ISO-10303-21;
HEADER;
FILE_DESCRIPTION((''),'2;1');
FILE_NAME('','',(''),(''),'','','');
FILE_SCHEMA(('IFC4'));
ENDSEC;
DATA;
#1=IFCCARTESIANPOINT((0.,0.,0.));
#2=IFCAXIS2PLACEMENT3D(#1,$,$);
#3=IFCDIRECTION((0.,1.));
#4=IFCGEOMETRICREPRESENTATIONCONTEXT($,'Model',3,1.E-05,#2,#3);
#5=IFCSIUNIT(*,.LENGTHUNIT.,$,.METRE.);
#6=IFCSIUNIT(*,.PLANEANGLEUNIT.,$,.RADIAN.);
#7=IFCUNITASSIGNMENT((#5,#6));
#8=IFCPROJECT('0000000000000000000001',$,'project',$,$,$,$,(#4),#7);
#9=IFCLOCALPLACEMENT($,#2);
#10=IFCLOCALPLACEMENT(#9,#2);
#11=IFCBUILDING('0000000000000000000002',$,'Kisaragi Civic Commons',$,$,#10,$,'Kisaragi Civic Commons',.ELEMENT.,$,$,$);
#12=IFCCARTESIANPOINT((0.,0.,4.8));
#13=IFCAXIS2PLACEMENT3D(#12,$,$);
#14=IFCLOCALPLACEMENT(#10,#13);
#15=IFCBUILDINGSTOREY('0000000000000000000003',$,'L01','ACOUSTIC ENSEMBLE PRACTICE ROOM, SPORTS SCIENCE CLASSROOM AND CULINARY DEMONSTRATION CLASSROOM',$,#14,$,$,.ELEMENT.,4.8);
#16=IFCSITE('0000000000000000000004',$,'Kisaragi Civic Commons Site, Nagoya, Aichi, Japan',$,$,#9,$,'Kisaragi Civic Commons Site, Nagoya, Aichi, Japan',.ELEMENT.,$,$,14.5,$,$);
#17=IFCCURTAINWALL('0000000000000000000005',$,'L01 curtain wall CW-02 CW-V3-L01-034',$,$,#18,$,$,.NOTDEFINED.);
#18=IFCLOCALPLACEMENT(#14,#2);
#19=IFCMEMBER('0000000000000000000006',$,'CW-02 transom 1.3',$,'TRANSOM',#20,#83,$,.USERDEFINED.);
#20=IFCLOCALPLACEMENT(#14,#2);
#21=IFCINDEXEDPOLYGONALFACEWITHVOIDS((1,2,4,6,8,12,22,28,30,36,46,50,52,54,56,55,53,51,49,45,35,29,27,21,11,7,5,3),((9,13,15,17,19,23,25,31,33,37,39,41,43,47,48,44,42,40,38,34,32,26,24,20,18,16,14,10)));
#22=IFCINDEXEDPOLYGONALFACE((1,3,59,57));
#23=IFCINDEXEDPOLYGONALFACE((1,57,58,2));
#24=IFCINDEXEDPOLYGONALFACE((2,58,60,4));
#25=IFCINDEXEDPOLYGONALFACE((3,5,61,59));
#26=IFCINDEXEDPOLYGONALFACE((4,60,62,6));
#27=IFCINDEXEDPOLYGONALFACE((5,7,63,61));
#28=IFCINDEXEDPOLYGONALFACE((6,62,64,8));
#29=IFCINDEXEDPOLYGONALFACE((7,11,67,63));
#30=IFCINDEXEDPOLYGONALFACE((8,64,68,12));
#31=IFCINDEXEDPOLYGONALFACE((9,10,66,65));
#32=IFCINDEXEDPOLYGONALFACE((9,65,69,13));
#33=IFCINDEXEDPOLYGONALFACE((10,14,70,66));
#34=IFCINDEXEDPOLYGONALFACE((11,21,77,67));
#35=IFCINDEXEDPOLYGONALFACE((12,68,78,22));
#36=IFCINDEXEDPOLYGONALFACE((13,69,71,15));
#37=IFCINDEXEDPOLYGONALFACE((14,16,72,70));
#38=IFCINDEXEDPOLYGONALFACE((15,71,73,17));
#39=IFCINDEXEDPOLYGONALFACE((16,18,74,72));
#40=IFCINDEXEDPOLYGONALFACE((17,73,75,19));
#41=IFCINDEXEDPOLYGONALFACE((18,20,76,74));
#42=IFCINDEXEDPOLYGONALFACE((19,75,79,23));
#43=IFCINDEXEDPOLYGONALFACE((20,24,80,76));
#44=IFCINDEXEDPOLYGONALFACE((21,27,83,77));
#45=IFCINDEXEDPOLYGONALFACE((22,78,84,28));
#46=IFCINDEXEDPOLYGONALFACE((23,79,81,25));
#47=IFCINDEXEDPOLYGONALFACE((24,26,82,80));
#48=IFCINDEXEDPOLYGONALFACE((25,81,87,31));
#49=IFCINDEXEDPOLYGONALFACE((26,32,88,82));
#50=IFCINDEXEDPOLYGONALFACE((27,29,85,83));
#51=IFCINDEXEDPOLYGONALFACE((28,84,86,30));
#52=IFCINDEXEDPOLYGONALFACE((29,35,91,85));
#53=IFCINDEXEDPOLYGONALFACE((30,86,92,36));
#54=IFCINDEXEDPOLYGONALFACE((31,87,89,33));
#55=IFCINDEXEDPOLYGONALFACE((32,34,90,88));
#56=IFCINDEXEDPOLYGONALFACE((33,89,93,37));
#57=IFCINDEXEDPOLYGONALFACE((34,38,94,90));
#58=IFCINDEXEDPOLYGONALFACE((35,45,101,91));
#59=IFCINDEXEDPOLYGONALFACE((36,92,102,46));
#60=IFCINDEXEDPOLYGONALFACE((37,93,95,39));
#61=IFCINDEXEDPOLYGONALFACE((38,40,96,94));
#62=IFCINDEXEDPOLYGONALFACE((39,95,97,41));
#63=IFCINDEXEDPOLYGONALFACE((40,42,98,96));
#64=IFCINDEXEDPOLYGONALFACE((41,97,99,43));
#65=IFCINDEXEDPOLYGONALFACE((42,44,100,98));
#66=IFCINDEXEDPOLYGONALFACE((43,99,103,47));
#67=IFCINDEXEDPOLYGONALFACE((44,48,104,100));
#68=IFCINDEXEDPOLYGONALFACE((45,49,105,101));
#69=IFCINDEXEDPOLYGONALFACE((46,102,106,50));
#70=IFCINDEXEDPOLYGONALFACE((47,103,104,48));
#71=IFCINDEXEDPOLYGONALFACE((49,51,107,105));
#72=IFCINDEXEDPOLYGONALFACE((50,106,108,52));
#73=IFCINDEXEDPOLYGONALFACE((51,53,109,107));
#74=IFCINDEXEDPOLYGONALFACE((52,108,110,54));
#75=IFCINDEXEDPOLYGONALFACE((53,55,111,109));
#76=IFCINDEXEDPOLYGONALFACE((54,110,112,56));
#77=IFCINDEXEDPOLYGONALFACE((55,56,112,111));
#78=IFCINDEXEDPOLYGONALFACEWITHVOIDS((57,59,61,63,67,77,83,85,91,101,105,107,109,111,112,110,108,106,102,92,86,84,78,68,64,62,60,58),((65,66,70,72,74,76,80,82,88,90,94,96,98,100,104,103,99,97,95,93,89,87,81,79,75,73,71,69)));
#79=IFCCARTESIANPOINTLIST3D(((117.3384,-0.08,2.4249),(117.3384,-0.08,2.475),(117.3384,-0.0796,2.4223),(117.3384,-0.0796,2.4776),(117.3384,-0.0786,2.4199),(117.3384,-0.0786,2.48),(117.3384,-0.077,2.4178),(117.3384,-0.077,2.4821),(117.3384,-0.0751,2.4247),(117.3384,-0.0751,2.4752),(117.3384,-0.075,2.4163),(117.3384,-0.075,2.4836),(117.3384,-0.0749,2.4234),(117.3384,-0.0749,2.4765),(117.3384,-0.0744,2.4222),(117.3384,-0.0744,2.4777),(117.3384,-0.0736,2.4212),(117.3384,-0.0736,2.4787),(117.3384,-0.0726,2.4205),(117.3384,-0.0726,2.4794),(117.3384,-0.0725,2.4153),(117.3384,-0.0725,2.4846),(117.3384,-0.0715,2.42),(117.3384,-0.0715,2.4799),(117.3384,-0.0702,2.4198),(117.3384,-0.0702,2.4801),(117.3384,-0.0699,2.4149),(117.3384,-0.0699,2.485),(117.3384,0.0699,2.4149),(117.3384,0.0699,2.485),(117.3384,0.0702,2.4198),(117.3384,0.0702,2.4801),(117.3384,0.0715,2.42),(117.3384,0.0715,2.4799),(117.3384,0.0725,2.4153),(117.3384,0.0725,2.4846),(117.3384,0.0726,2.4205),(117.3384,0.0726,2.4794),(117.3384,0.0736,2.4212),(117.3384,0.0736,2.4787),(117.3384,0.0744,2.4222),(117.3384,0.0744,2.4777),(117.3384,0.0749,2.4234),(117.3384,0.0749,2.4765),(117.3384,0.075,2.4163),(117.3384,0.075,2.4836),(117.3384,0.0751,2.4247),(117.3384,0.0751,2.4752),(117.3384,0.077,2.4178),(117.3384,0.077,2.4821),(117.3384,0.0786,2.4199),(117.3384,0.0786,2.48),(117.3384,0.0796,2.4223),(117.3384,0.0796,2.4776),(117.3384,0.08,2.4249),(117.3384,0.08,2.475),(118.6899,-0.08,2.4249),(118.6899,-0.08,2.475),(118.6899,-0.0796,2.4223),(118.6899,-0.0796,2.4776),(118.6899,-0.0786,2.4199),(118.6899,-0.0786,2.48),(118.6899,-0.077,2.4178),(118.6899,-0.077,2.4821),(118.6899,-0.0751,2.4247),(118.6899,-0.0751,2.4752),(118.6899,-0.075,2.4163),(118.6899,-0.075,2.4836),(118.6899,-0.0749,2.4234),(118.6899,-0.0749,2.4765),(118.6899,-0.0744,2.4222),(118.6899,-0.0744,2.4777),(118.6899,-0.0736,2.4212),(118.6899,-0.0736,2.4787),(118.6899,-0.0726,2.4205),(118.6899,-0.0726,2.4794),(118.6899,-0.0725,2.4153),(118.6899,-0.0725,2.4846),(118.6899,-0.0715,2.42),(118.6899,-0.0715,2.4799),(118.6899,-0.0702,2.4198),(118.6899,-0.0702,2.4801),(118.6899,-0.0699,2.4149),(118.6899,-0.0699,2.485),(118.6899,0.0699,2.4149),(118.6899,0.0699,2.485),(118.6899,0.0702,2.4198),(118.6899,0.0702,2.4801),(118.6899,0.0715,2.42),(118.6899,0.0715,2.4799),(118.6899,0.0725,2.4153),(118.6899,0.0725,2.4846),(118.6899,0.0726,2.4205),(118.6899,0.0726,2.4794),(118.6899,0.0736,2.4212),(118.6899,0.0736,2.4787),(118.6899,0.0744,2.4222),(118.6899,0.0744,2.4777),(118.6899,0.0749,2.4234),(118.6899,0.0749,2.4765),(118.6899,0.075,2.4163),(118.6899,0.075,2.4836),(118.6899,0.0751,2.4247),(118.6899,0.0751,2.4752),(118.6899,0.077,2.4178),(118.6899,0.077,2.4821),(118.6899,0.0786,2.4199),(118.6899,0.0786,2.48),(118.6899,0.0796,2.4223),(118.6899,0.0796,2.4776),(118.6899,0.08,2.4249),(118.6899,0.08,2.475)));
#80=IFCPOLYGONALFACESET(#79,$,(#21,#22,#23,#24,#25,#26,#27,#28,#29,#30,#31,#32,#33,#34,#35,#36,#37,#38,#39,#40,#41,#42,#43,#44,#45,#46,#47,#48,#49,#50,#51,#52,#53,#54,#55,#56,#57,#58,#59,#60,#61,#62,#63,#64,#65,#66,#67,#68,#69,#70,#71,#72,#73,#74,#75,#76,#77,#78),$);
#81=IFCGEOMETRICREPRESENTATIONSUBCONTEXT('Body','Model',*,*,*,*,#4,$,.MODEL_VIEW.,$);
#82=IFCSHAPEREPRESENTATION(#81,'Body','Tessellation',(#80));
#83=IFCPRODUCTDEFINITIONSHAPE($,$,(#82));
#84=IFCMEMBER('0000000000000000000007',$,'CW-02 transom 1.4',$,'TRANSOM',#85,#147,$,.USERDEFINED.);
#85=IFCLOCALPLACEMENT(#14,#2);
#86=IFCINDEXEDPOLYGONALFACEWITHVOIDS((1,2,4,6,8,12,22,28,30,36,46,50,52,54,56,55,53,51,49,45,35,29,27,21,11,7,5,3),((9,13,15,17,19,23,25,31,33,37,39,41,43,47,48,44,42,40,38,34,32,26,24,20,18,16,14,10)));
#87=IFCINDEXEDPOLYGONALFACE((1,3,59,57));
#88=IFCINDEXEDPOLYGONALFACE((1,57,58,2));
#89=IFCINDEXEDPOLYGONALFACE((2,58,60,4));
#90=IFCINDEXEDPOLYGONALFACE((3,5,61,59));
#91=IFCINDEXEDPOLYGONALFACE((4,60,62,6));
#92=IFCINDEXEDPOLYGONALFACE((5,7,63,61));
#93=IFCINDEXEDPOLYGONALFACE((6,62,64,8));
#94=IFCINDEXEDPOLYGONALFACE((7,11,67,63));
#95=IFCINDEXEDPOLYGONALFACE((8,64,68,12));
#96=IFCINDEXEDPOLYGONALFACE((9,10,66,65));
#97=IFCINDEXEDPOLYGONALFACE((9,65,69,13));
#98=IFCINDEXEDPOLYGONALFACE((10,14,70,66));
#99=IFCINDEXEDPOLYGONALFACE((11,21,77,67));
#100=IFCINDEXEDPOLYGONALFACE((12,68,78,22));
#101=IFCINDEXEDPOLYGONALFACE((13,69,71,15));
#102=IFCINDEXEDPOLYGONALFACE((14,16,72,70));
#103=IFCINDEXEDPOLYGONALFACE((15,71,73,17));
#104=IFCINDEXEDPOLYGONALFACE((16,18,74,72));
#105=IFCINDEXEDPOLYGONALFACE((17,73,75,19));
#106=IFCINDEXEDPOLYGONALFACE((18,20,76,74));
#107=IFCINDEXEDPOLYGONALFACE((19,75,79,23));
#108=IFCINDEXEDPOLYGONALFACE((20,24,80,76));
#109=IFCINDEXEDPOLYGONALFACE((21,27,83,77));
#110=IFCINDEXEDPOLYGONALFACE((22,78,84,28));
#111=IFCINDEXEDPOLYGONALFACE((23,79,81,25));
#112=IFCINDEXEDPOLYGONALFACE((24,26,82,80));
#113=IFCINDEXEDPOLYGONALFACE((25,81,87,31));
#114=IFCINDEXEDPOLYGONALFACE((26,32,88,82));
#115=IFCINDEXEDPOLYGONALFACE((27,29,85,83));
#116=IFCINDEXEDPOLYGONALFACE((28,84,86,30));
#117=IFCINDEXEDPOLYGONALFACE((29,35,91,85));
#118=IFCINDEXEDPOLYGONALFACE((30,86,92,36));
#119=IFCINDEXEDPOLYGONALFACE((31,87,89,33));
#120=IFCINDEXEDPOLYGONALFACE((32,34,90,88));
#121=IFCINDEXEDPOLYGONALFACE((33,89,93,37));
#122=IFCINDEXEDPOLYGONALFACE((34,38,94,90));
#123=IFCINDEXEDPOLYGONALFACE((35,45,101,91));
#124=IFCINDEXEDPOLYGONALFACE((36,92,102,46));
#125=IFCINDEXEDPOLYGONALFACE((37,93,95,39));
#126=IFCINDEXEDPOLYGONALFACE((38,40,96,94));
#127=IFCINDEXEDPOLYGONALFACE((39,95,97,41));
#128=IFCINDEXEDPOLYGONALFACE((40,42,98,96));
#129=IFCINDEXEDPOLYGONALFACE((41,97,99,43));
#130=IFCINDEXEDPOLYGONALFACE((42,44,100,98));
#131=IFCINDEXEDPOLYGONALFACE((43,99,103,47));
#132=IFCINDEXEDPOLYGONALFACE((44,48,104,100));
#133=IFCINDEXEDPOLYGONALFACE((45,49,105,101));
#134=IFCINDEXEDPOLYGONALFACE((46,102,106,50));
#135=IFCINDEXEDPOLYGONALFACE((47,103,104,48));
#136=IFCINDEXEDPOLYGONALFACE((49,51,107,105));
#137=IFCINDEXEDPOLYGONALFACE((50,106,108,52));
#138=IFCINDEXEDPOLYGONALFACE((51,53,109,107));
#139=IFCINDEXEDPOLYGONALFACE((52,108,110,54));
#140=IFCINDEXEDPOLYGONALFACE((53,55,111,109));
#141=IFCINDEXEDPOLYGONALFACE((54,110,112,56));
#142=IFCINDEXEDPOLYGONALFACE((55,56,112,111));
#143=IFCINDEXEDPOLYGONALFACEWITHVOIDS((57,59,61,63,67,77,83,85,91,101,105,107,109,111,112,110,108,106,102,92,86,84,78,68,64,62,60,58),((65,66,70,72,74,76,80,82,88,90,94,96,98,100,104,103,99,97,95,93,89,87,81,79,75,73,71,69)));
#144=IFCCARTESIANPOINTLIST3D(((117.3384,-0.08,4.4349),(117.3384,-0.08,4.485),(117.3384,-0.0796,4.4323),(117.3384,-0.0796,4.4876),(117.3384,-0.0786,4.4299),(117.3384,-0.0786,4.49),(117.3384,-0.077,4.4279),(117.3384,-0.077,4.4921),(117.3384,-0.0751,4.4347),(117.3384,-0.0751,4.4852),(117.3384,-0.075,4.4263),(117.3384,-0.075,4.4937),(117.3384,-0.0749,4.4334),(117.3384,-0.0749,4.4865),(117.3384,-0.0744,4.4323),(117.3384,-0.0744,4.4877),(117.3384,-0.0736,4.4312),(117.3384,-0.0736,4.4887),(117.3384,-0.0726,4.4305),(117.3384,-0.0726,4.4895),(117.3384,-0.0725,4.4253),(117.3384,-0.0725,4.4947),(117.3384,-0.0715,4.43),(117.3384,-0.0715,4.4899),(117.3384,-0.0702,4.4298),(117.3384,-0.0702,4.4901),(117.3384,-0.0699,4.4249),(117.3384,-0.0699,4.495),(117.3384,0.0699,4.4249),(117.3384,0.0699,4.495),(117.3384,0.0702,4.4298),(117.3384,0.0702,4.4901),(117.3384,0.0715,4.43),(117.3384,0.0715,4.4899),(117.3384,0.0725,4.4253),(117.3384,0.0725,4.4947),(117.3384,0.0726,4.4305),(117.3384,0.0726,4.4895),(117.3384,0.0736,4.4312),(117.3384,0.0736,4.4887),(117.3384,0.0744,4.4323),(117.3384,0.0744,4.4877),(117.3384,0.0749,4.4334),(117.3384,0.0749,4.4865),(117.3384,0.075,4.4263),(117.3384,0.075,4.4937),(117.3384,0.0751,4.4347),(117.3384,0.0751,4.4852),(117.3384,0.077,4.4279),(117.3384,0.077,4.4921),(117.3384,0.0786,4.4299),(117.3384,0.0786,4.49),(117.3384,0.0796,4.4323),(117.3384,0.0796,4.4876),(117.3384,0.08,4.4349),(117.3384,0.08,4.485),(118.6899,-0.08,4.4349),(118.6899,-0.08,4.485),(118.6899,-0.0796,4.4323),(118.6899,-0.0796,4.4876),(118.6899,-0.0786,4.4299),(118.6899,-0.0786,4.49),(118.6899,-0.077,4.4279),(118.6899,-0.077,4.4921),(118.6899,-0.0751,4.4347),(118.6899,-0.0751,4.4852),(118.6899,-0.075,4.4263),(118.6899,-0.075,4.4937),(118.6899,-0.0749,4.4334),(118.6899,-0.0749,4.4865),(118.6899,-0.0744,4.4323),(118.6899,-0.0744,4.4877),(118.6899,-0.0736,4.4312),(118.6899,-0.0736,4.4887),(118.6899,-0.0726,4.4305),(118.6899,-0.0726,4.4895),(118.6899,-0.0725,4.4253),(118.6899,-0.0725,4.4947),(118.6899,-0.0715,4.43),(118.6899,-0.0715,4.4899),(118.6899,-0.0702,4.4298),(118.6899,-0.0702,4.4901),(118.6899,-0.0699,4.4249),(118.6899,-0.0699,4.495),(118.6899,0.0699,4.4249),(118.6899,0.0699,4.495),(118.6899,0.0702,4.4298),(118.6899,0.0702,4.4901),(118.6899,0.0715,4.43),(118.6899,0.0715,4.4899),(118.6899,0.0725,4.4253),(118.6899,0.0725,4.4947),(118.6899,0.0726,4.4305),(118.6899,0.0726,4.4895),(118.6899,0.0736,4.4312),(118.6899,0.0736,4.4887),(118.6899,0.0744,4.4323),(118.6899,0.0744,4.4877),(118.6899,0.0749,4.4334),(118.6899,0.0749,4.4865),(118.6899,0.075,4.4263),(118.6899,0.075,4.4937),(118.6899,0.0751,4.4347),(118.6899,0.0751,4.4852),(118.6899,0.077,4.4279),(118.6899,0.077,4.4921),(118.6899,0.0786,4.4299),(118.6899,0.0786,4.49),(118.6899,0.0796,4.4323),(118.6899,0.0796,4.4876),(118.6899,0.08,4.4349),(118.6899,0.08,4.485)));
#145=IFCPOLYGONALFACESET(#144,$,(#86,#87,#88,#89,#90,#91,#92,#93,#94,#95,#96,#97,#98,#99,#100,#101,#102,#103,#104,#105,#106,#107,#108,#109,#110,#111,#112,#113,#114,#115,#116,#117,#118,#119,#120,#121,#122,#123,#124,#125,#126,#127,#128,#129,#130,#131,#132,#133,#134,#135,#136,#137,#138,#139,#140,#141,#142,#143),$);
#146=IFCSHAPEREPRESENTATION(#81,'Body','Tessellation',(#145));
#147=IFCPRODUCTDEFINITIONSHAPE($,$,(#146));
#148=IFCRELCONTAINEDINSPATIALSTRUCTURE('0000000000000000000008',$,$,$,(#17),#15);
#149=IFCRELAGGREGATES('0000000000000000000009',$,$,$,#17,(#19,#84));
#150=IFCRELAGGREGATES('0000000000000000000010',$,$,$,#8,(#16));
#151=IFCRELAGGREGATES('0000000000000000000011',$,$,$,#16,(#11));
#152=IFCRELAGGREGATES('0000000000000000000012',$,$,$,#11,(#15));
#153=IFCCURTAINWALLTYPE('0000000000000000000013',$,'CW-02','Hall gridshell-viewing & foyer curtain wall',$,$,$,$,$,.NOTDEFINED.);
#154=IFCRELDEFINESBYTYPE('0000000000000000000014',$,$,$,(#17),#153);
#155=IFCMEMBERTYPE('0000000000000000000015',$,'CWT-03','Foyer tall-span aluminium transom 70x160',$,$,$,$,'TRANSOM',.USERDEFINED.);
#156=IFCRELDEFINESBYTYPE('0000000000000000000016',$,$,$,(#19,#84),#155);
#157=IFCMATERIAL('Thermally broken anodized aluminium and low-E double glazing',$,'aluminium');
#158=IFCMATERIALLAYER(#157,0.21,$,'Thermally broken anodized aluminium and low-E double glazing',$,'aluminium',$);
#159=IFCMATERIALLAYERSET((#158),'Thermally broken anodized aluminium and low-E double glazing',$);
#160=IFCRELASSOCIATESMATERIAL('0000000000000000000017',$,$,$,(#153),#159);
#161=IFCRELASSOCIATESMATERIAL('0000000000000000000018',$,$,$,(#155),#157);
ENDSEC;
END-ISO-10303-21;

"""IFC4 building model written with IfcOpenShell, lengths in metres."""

from ifc_helpers import new_model, si_unit, direction, frame, origin, origin_2d, place, context, subcontext, project, spatial, hollow_rectangle, extrude, material, layer, layer_set, material_profile, profile_set, type_object, element, aggregate, save


model = new_model("IFC4")

# Units and contexts
model_context = context("Model", 3, precision=1e-05, world=origin(), true_north=direction((0.0, 1.0)))
body_context = subcontext(model_context, "Body", "Model", "MODEL_VIEW")
ifc_project = project(units=[si_unit("LENGTHUNIT", "METRE"), si_unit("PLANEANGLEUNIT", "RADIAN")], contexts=[model_context])

# Site, building, storey
site_placement = place(None, origin())
site = spatial("IfcSite", under=ifc_project, at=site_placement, Name="Kisaragi Civic Commons Site, Nagoya, Aichi, Japan", LongName="Kisaragi Civic Commons Site, Nagoya, Aichi, Japan", CompositionType="ELEMENT", RefElevation=14.5)
building_placement = place(site_placement, origin())
building = spatial("IfcBuilding", under=site, at=building_placement, Name="Kisaragi Civic Commons", LongName="Kisaragi Civic Commons", CompositionType="ELEMENT")
storey_placement = place(building_placement, frame((0.0, 0.0, 4.8)))
storey = spatial("IfcBuildingStorey", under=building, at=storey_placement, Name="L01", Description="ACOUSTIC ENSEMBLE PRACTICE ROOM, SPORTS SCIENCE CLASSROOM AND CULINARY DEMONSTRATION CLASSROOM", CompositionType="ELEMENT", Elevation=4.8)

# Shared definitions
ifc_material = material(Name="Thermally broken anodized aluminium and low-E double glazing", Category="aluminium")
ifc_layer_1 = layer(ifc_material, 0.21, Name="Thermally broken anodized aluminium and low-E double glazing", Category="aluminium")
ifc_layer_set_1 = layer_set([ifc_layer_1], Name="Thermally broken anodized aluminium and low-E double glazing")
curtain_wall_type = type_object("IfcCurtainWallType", Name="CW-02", Description="Hall gridshell-viewing & foyer curtain wall", PredefinedType="NOTDEFINED", material=ifc_layer_set_1)

# Curtain wall
curtain_wall_1_placement = place(storey_placement, origin())
curtain_wall_1 = element("IfcCurtainWall", 1, at=curtain_wall_1_placement, inside=storey, type_object=curtain_wall_type, Name="L01 curtain wall CW-02 CW-V3-L01-034", PredefinedType="NOTDEFINED")

# Members
ifc_material_profile_1 = material_profile(ifc_material, hollow_rectangle(XDim=0.1599, YDim=0.0701, WallThickness=0.0049, InnerFilletRadius=0.0049, OuterFilletRadius=0.01, at=origin_2d()), Name="CWT-70x160x5", Category="aluminium")
ifc_profile_set_1 = profile_set([ifc_material_profile_1], Name="Thermally broken anodized aluminium and low-E double glazing")
member_type_1 = type_object("IfcMemberType", Name="CWT-03", Description="Foyer tall-span aluminium transom 70x160", ElementType="TRANSOM", PredefinedType="USERDEFINED", material=ifc_profile_set_1)
member_1_placement = place(storey_placement, frame((118.6899, 0.0, 2.45), z_axis=(-1.0, 0.0, 0.0), x_axis=(0.0, -1.0, 0.0)))
member_1 = element("IfcMember", 2, at=member_1_placement, type_object=member_type_1, Name="CW-02 transom 1.3", ObjectType="TRANSOM", PredefinedType="USERDEFINED", context=body_context, shape_type="SweptSolid", body=[
    extrude(hollow_rectangle(XDim=0.1599, YDim=0.0701, WallThickness=0.0049, InnerFilletRadius=0.0049, OuterFilletRadius=0.01, at=origin_2d()), origin(), (0.0, 0.0, 1.0), 1.3516),
])
member_2_placement = place(storey_placement, frame((118.6899, 0.0, 4.46), z_axis=(-1.0, 0.0, 0.0), x_axis=(0.0, -1.0, 0.0)))
member_2 = element("IfcMember", 3, at=member_2_placement, type_object=member_type_1, Name="CW-02 transom 1.4", ObjectType="TRANSOM", PredefinedType="USERDEFINED", context=body_context, shape_type="SweptSolid", body=[
    extrude(hollow_rectangle(XDim=0.1599, YDim=0.0701, WallThickness=0.0049, InnerFilletRadius=0.0049, OuterFilletRadius=0.01, at=origin_2d()), origin(), (0.0, 0.0, 1.0), 1.3516),
])

aggregate(curtain_wall_1, [member_1, member_2])

save(model, "model.ifc")
